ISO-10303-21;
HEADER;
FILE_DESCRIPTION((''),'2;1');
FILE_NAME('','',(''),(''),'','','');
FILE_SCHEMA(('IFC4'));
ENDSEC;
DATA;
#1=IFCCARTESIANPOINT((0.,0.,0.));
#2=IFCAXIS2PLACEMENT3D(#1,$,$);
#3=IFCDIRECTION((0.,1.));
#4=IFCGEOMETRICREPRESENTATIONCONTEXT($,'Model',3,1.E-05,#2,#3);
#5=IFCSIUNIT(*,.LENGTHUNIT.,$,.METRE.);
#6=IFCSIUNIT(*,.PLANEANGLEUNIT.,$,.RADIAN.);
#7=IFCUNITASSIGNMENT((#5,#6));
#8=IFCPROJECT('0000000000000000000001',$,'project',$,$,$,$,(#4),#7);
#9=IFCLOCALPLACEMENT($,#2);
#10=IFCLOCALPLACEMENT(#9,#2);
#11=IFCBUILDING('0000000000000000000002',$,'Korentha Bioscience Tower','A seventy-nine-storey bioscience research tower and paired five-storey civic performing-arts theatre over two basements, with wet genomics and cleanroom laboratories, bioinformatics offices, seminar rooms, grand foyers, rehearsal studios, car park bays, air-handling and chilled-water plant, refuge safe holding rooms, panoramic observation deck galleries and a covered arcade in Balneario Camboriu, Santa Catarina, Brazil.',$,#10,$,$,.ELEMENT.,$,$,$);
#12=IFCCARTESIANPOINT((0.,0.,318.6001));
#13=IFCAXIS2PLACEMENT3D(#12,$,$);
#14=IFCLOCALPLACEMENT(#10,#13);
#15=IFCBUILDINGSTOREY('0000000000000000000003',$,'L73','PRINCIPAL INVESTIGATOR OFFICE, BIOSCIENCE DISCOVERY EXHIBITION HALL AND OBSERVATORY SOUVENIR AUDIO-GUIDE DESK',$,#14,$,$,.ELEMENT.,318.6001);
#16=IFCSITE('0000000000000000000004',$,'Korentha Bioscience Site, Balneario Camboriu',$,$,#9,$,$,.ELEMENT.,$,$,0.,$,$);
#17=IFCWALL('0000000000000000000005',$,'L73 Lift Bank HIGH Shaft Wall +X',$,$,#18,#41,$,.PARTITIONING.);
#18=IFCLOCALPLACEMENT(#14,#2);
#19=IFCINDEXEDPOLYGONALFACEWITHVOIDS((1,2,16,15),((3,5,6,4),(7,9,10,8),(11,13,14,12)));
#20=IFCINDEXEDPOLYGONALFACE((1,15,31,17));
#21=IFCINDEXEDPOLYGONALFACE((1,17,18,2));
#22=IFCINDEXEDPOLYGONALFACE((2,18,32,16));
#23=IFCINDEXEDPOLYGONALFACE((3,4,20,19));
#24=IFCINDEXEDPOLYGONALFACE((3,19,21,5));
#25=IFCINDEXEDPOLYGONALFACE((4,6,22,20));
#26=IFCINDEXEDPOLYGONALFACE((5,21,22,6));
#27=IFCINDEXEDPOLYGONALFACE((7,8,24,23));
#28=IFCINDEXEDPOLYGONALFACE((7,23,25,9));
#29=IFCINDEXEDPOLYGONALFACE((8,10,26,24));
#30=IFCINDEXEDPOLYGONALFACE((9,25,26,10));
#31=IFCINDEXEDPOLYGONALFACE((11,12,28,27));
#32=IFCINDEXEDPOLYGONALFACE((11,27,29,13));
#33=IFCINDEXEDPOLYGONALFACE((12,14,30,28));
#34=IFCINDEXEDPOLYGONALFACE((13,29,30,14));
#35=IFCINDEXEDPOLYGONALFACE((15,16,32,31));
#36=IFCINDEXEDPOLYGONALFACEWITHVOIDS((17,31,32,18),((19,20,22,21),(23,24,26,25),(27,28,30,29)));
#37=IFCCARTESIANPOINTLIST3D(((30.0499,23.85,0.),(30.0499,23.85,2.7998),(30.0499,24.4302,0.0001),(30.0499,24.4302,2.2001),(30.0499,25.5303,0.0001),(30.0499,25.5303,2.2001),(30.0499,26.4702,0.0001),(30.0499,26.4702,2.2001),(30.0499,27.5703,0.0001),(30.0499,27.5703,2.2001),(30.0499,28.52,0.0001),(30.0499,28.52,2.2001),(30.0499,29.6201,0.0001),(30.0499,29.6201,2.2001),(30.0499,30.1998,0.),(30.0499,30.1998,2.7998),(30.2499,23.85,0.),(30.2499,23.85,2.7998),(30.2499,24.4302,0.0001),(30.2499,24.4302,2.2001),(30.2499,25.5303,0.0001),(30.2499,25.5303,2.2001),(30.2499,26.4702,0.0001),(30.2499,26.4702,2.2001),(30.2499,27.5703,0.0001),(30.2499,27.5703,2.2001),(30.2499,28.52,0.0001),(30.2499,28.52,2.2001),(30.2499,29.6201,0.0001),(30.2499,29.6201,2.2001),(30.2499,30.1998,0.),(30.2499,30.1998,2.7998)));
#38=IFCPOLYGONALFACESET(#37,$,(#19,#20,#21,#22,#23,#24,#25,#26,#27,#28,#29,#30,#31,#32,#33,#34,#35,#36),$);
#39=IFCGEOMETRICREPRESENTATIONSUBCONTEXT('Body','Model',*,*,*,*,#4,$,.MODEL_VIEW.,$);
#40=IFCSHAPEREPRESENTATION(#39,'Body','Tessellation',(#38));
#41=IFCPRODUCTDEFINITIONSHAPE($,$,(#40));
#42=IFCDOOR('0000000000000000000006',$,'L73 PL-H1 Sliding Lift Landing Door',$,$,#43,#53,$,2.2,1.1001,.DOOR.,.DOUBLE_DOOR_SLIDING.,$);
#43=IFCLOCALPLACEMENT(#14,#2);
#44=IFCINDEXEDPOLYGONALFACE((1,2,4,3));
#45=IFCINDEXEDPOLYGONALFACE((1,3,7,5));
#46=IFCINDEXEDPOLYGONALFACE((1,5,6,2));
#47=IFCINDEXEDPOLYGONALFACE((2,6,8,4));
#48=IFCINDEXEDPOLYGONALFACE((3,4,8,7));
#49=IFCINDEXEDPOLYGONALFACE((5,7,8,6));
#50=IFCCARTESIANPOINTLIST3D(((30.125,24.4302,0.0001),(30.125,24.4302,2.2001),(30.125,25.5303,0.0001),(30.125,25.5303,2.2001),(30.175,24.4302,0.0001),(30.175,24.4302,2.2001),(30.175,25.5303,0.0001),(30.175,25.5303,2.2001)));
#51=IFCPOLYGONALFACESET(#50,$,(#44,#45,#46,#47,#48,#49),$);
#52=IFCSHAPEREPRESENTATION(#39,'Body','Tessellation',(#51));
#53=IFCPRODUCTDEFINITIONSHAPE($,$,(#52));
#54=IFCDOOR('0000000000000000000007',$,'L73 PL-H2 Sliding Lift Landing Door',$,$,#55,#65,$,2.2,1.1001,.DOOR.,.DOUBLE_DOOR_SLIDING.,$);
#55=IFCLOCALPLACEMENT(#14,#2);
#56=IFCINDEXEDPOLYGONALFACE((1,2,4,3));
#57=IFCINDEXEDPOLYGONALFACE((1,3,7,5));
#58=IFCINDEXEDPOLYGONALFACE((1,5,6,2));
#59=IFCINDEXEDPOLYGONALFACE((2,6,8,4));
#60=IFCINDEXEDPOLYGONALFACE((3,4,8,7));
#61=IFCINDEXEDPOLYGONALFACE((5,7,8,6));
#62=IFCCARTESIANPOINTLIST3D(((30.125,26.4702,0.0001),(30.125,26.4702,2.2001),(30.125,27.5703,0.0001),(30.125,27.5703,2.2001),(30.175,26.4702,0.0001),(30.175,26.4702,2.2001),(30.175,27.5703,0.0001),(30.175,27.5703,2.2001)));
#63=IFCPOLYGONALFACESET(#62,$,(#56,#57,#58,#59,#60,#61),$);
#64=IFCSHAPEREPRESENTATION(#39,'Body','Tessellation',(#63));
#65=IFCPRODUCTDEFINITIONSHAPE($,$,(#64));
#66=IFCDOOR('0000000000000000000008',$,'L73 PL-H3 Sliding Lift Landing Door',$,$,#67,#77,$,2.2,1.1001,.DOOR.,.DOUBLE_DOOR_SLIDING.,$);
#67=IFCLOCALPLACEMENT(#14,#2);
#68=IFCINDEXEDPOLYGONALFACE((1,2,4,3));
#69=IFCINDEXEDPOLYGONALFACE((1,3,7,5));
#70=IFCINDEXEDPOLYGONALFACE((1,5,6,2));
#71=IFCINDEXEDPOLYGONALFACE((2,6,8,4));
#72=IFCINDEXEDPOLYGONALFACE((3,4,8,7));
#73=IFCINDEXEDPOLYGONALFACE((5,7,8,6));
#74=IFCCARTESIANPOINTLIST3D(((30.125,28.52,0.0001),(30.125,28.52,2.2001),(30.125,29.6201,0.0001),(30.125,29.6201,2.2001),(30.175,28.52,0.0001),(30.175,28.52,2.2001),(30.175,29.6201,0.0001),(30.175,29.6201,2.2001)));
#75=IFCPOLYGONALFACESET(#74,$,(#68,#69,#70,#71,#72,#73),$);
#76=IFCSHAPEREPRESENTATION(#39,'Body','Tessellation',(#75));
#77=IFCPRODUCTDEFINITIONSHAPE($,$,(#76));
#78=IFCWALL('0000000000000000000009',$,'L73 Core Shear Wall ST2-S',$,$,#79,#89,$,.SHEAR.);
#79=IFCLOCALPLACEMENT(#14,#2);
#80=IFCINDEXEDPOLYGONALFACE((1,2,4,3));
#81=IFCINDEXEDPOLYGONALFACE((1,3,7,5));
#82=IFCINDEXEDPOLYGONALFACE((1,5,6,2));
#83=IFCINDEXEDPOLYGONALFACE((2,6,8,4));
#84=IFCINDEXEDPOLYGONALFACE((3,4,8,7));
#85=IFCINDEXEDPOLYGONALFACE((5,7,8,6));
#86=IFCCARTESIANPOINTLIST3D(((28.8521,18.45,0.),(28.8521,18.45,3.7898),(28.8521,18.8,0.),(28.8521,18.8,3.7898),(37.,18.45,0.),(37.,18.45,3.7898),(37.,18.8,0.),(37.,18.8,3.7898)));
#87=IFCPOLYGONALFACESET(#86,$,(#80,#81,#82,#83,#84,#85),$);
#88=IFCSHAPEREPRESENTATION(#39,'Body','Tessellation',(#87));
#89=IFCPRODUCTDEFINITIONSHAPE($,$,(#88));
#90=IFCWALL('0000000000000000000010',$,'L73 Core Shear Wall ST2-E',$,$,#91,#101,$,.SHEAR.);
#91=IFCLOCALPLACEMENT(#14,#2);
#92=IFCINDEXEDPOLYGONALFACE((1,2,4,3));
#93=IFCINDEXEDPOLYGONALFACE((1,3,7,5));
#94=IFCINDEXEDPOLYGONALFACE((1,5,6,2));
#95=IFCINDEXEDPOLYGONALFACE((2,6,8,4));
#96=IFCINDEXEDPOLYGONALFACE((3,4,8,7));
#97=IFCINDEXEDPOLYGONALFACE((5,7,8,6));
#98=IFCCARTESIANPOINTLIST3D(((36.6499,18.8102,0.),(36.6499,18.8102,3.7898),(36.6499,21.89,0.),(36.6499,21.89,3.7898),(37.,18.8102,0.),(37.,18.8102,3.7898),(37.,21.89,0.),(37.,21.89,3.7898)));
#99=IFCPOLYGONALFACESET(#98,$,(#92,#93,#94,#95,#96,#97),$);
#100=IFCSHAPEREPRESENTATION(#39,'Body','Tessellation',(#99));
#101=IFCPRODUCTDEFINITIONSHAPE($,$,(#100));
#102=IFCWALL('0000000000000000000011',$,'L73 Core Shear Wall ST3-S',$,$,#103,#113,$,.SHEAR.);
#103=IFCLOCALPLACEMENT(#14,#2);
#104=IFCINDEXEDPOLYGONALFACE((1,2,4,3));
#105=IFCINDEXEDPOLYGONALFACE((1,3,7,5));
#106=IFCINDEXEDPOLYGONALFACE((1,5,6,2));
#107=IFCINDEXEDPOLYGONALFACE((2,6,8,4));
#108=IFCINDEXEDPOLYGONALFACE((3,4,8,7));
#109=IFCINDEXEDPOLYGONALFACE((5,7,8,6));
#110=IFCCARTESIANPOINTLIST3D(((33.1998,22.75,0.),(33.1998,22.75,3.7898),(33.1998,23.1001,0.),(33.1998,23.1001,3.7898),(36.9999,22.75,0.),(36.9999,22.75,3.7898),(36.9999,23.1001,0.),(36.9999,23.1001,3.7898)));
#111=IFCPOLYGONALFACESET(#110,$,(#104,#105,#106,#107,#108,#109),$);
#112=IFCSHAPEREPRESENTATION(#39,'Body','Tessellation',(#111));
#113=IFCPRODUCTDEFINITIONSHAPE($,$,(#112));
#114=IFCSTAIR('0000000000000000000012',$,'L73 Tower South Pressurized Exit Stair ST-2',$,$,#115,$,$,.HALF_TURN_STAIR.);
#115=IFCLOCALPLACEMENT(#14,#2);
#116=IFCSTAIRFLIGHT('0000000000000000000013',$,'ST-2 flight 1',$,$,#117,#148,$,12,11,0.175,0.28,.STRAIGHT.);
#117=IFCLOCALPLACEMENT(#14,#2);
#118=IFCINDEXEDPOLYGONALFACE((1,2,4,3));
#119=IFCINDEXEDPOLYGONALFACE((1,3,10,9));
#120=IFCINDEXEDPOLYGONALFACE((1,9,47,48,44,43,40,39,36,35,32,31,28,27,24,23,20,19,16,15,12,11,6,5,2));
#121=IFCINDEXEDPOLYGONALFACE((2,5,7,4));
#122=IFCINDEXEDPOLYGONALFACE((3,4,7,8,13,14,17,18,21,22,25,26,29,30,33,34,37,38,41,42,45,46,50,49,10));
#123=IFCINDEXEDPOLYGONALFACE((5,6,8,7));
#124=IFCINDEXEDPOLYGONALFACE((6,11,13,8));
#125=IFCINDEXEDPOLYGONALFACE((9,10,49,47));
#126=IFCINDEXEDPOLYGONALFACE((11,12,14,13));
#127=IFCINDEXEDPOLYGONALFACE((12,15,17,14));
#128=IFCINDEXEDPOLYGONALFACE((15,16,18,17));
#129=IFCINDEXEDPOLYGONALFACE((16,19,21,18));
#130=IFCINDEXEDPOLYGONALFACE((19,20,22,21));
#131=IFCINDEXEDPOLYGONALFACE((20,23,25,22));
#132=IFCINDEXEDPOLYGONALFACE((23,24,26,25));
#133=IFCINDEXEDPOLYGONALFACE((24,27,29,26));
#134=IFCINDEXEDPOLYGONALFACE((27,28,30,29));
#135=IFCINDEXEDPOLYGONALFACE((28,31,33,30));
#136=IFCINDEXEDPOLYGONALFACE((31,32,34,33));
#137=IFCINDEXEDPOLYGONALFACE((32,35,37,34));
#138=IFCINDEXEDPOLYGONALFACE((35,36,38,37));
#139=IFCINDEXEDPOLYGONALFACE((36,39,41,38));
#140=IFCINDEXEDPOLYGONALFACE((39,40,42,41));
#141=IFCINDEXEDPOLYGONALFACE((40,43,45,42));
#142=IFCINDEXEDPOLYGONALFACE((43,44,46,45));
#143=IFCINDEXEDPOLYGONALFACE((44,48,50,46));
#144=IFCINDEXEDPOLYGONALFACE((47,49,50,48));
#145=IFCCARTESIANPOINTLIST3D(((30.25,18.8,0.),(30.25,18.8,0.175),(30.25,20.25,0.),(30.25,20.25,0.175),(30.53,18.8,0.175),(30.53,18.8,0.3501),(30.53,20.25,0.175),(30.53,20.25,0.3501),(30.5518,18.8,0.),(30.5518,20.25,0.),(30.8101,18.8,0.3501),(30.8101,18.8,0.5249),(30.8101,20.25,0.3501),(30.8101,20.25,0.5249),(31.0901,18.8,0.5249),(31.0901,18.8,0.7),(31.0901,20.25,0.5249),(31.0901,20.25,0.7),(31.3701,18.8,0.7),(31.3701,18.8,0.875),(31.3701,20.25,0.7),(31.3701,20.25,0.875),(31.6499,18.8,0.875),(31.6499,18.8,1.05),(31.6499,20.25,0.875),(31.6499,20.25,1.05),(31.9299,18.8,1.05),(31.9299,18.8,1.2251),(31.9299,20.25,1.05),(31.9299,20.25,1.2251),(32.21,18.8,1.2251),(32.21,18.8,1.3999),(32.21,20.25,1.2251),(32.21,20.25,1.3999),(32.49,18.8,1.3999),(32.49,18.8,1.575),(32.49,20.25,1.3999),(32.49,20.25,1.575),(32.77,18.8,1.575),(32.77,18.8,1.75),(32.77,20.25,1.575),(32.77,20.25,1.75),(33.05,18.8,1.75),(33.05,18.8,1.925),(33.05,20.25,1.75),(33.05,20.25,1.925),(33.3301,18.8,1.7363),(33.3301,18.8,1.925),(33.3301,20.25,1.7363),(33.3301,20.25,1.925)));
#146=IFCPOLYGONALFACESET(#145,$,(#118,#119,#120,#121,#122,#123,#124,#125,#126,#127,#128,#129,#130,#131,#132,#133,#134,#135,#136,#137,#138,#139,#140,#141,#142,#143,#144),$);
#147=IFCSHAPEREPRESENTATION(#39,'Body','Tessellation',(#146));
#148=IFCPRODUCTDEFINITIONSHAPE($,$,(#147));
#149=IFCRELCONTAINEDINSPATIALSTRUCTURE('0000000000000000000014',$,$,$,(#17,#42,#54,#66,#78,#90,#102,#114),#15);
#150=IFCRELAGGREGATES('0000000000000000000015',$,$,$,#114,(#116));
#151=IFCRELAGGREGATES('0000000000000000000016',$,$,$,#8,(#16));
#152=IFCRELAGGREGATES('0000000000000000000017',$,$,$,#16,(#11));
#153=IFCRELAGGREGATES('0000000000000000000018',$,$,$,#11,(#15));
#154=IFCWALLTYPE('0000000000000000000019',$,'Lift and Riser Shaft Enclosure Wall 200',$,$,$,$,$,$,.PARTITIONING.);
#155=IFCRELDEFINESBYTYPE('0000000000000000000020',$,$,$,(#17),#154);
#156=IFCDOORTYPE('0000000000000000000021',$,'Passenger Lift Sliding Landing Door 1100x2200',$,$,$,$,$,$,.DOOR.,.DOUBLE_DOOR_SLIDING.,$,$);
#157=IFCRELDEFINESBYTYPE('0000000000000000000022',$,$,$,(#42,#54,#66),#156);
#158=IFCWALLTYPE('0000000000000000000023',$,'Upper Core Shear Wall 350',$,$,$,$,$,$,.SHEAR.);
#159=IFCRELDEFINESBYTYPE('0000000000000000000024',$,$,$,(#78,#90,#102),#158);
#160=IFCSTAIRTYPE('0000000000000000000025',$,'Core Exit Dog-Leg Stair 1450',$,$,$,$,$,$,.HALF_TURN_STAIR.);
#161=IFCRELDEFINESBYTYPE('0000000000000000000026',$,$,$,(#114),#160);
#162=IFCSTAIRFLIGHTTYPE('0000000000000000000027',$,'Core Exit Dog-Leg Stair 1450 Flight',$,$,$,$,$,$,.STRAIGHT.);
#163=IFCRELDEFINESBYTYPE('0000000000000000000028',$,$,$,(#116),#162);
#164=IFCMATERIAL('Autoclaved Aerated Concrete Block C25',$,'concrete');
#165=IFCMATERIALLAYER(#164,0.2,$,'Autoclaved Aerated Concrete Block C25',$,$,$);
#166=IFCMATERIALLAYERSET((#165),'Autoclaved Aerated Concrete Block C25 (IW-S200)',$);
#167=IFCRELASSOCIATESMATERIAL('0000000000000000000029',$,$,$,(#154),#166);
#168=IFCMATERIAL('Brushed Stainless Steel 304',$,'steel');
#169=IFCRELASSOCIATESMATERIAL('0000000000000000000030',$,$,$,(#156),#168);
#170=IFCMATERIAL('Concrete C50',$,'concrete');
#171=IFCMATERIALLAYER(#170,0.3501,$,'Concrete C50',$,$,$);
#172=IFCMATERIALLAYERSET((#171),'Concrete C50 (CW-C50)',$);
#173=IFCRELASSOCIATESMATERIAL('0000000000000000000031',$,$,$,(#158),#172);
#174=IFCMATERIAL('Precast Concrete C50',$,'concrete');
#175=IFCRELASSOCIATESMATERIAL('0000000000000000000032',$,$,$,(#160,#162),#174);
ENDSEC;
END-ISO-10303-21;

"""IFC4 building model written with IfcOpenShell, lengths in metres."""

from ifc_helpers import new_model, si_unit, direction, frame, frame_2d, origin, place, context, subcontext, project, spatial, polyline, rectangle, outline, extrude, material, layer, layer_set, type_object, element, fill, aggregate, save


model = new_model("IFC4")

# Units and contexts
model_context = context("Model", 3, precision=1e-05, world=origin(), true_north=direction((0.0, 1.0)))
body_context = subcontext(model_context, "Body", "Model", "MODEL_VIEW")
ifc_project = project(units=[si_unit("LENGTHUNIT", "METRE"), si_unit("PLANEANGLEUNIT", "RADIAN")], contexts=[model_context])

# Site, building, storey
site_placement = place(None, origin())
site = spatial("IfcSite", under=ifc_project, at=site_placement, Name="Korentha Bioscience Site, Balneario Camboriu", CompositionType="ELEMENT", RefElevation=0.0)
building_placement = place(site_placement, origin())
building = spatial("IfcBuilding", under=site, at=building_placement, Name="Korentha Bioscience Tower", Description="A seventy-nine-storey bioscience research tower and paired five-storey civic performing-arts theatre over two basements, with wet genomics and cleanroom laboratories, bioinformatics offices, seminar rooms, grand foyers, rehearsal studios, car park bays, air-handling and chilled-water plant, refuge safe holding rooms, panoramic observation deck galleries and a covered arcade in Balneario Camboriu, Santa Catarina, Brazil.", CompositionType="ELEMENT")
storey_placement = place(building_placement, frame((0.0, 0.0, 318.6001)))
storey = spatial("IfcBuildingStorey", under=building, at=storey_placement, Name="L73", Description="PRINCIPAL INVESTIGATOR OFFICE, BIOSCIENCE DISCOVERY EXHIBITION HALL AND OBSERVATORY SOUVENIR AUDIO-GUIDE DESK", CompositionType="ELEMENT", Elevation=318.6001)

# Wall, openings, doors
ifc_material_1 = material(Name="Autoclaved Aerated Concrete Block C25", Category="concrete")
ifc_layer_1 = layer(ifc_material_1, 0.2, Name="Autoclaved Aerated Concrete Block C25")
ifc_layer_set_1 = layer_set([ifc_layer_1], Name="Autoclaved Aerated Concrete Block C25 (IW-S200)")
wall_type_1 = type_object("IfcWallType", Name="Lift and Riser Shaft Enclosure Wall 200", PredefinedType="PARTITIONING", material=ifc_layer_set_1)
wall_1_placement = place(storey_placement, frame((30.1499, 23.8501, 0.0), z_axis=(0.0, 0.0, 1.0), x_axis=(0.0, 1.0, 0.0)))
wall_1 = element("IfcWall", 1, at=wall_1_placement, inside=storey, type_object=wall_type_1, Name="L73 Lift Bank HIGH Shaft Wall +X", PredefinedType="PARTITIONING", context=body_context, shape_type="SweptSolid", body=[
    extrude(rectangle(XDim=6.3499, YDim=0.2, at=frame_2d((3.1748, 0.0))), origin(), (0.0, 0.0, 1.0), 2.7998),
])
opening_1_placement = place(wall_1_placement, frame((0.5801, 0.0, 0.0)))
opening_1 = element("IfcOpeningElement", 2, at=opening_1_placement, cuts=wall_1, PredefinedType="OPENING", context=body_context, shape_type="SweptSolid", body=[
    extrude(rectangle(XDim=1.1001, YDim=2.2, at=frame_2d((0.55, 1.1001))), frame((0.0, 0.1147, 0.0), z_axis=(0.0, -1.0, 0.0), x_axis=(1.0, 0.0, 0.0)), (0.0, 0.0, 1.0), 0.2297),
])
opening_2_placement = place(wall_1_placement, frame((2.6201, 0.0, 0.0)))
opening_2 = element("IfcOpeningElement", 3, at=opening_2_placement, cuts=wall_1, PredefinedType="OPENING", context=body_context, shape_type="SweptSolid", body=[
    extrude(rectangle(XDim=1.1001, YDim=2.2, at=frame_2d((0.55, 1.1001))), frame((0.0, 0.1147, 0.0), z_axis=(0.0, -1.0, 0.0), x_axis=(1.0, 0.0, 0.0)), (0.0, 0.0, 1.0), 0.2297),
])
opening_3_placement = place(wall_1_placement, frame((4.6699, 0.0, 0.0)))
opening_3 = element("IfcOpeningElement", 4, at=opening_3_placement, cuts=wall_1, PredefinedType="OPENING", context=body_context, shape_type="SweptSolid", body=[
    extrude(rectangle(XDim=1.1001, YDim=2.2, at=frame_2d((0.55, 1.1001))), frame((0.0, 0.1147, 0.0), z_axis=(0.0, -1.0, 0.0), x_axis=(1.0, 0.0, 0.0)), (0.0, 0.0, 1.0), 0.2297),
])
ifc_material_2 = material(Name="Brushed Stainless Steel 304", Category="steel")
door_type_1 = type_object("IfcDoorType", Name="Passenger Lift Sliding Landing Door 1100x2200", OperationType="DOUBLE_DOOR_SLIDING", PredefinedType="DOOR", material=ifc_material_2)
door_1_placement = place(opening_1_placement, origin())
door_1 = element("IfcDoor", 5, at=door_1_placement, inside=storey, type_object=door_type_1, Name="L73 PL-H1 Sliding Lift Landing Door", OperationType="DOUBLE_DOOR_SLIDING", OverallHeight=2.2, OverallWidth=1.1001, PredefinedType="DOOR", context=body_context, shape_type="SweptSolid", body=[
    extrude(rectangle(XDim=1.1001, YDim=2.2, at=frame_2d((0.55, 1.1001))), frame((0.0, 0.0249, 0.0), z_axis=(0.0, -1.0, 0.0), x_axis=(1.0, 0.0, 0.0)), (0.0, 0.0, 1.0), 0.05),
])
fill(opening_1, door_1)
door_2_placement = place(opening_2_placement, origin())
door_2 = element("IfcDoor", 6, at=door_2_placement, inside=storey, type_object=door_type_1, Name="L73 PL-H2 Sliding Lift Landing Door", OperationType="DOUBLE_DOOR_SLIDING", OverallHeight=2.2, OverallWidth=1.1001, PredefinedType="DOOR", context=body_context, shape_type="SweptSolid", body=[
    extrude(rectangle(XDim=1.1001, YDim=2.2, at=frame_2d((0.55, 1.1001))), frame((0.0, 0.0249, 0.0), z_axis=(0.0, -1.0, 0.0), x_axis=(1.0, 0.0, 0.0)), (0.0, 0.0, 1.0), 0.05),
])
fill(opening_2, door_2)
door_3_placement = place(opening_3_placement, origin())
door_3 = element("IfcDoor", 7, at=door_3_placement, inside=storey, type_object=door_type_1, Name="L73 PL-H3 Sliding Lift Landing Door", OperationType="DOUBLE_DOOR_SLIDING", OverallHeight=2.2, OverallWidth=1.1001, PredefinedType="DOOR", context=body_context, shape_type="SweptSolid", body=[
    extrude(rectangle(XDim=1.1001, YDim=2.2, at=frame_2d((0.55, 1.1001))), frame((0.0, 0.0249, 0.0), z_axis=(0.0, -1.0, 0.0), x_axis=(1.0, 0.0, 0.0)), (0.0, 0.0, 1.0), 0.05),
])
fill(opening_3, door_3)

# Walls
ifc_material_3 = material(Name="Concrete C50", Category="concrete")
ifc_layer_2 = layer(ifc_material_3, 0.3501, Name="Concrete C50")
ifc_layer_set_2 = layer_set([ifc_layer_2], Name="Concrete C50 (CW-C50)")
wall_type_2 = type_object("IfcWallType", Name="Upper Core Shear Wall 350", PredefinedType="SHEAR", material=ifc_layer_set_2)
wall_2_placement = place(storey_placement, frame((28.8521, 18.625, 0.0), z_axis=(0.0, 0.0, 1.0), x_axis=(1.0, 0.0, 0.0)))
element("IfcWall", 8, at=wall_2_placement, inside=storey, type_object=wall_type_2, Name="L73 Core Shear Wall ST2-S", PredefinedType="SHEAR", context=body_context, shape_type="SweptSolid", body=[
    extrude(rectangle(XDim=8.1479, YDim=0.3501, at=frame_2d((4.074, 0.0))), origin(), (0.0, 0.0, 1.0), 3.7898),
])
wall_3_placement = place(storey_placement, frame((36.825, 18.8101, 0.0), z_axis=(0.0, 0.0, 1.0), x_axis=(0.0, 1.0, 0.0)))
element("IfcWall", 9, at=wall_3_placement, inside=storey, type_object=wall_type_2, Name="L73 Core Shear Wall ST2-E", PredefinedType="SHEAR", context=body_context, shape_type="SweptSolid", body=[
    extrude(rectangle(XDim=3.0798, YDim=0.3501, at=frame_2d((1.54, 0.0))), origin(), (0.0, 0.0, 1.0), 3.7898),
])

# Wall
wall_4_placement = place(storey_placement, frame((33.2, 22.925, 0.0), z_axis=(0.0, 0.0, 1.0), x_axis=(1.0, 0.0, 0.0)))
element("IfcWall", 10, at=wall_4_placement, inside=storey, type_object=wall_type_2, Name="L73 Core Shear Wall ST3-S", PredefinedType="SHEAR", context=body_context, shape_type="SweptSolid", body=[
    extrude(rectangle(XDim=3.8, YDim=0.3501, at=frame_2d((1.8999, 0.0))), origin(), (0.0, 0.0, 1.0), 3.7898),
])

# Stair, stair flight
ifc_material_4 = material(Name="Precast Concrete C50", Category="concrete")
stair_type = type_object("IfcStairType", Name="Core Exit Dog-Leg Stair 1450", PredefinedType="HALF_TURN_STAIR", material=ifc_material_4)
stair_1_placement = place(storey_placement, origin())
stair_1 = element("IfcStair", 11, at=stair_1_placement, inside=storey, type_object=stair_type, Name="L73 Tower South Pressurized Exit Stair ST-2", PredefinedType="HALF_TURN_STAIR")
stair_flight_type = type_object("IfcStairFlightType", Name="Core Exit Dog-Leg Stair 1450 Flight", PredefinedType="STRAIGHT", material=ifc_material_4)
stair_flight_1_placement = place(storey_placement, frame((30.25, 19.5249, 0.0), z_axis=(0.0, 0.0, 1.0), x_axis=(1.0, 0.0, 0.0)))
stair_flight_1 = element("IfcStairFlight", 12, at=stair_flight_1_placement, type_object=stair_flight_type, Name="ST-2 flight 1", NumberOfRisers=12, NumberOfTreads=11, PredefinedType="STRAIGHT", RiserHeight=0.175, TreadLength=0.28, context=body_context, shape_type="SweptSolid", body=[
    extrude(outline(polyline([(0.0, 0.0), (0.0, 0.175), (0.28, 0.175), (0.28, 0.3501), (0.5601, 0.3501), (0.5601, 0.5249), (0.8401, 0.5249), (0.8401, 0.7), (1.1201, 0.7), (1.1201, 0.875), (1.3999, 0.875), (1.3999, 1.05), (1.6799, 1.05), (1.6799, 1.2251), (1.96, 1.2251), (1.96, 1.3999), (2.24, 1.3999), (2.24, 1.575), (2.52, 1.575), (2.52, 1.75), (2.8, 1.75), (2.8, 1.925), (3.0801, 1.925), (3.0801, 2.1001), (3.0801, 1.7363), (0.3018, 0.0), (0.0, 0.0)])), frame((0.0, 0.7251, 0.0), z_axis=(0.0, -1.0, 0.0), x_axis=(1.0, 0.0, 0.0)), (0.0, 0.0, 1.0), 1.45),
])
aggregate(stair_1, [stair_flight_1])

save(model, "model.ifc")
